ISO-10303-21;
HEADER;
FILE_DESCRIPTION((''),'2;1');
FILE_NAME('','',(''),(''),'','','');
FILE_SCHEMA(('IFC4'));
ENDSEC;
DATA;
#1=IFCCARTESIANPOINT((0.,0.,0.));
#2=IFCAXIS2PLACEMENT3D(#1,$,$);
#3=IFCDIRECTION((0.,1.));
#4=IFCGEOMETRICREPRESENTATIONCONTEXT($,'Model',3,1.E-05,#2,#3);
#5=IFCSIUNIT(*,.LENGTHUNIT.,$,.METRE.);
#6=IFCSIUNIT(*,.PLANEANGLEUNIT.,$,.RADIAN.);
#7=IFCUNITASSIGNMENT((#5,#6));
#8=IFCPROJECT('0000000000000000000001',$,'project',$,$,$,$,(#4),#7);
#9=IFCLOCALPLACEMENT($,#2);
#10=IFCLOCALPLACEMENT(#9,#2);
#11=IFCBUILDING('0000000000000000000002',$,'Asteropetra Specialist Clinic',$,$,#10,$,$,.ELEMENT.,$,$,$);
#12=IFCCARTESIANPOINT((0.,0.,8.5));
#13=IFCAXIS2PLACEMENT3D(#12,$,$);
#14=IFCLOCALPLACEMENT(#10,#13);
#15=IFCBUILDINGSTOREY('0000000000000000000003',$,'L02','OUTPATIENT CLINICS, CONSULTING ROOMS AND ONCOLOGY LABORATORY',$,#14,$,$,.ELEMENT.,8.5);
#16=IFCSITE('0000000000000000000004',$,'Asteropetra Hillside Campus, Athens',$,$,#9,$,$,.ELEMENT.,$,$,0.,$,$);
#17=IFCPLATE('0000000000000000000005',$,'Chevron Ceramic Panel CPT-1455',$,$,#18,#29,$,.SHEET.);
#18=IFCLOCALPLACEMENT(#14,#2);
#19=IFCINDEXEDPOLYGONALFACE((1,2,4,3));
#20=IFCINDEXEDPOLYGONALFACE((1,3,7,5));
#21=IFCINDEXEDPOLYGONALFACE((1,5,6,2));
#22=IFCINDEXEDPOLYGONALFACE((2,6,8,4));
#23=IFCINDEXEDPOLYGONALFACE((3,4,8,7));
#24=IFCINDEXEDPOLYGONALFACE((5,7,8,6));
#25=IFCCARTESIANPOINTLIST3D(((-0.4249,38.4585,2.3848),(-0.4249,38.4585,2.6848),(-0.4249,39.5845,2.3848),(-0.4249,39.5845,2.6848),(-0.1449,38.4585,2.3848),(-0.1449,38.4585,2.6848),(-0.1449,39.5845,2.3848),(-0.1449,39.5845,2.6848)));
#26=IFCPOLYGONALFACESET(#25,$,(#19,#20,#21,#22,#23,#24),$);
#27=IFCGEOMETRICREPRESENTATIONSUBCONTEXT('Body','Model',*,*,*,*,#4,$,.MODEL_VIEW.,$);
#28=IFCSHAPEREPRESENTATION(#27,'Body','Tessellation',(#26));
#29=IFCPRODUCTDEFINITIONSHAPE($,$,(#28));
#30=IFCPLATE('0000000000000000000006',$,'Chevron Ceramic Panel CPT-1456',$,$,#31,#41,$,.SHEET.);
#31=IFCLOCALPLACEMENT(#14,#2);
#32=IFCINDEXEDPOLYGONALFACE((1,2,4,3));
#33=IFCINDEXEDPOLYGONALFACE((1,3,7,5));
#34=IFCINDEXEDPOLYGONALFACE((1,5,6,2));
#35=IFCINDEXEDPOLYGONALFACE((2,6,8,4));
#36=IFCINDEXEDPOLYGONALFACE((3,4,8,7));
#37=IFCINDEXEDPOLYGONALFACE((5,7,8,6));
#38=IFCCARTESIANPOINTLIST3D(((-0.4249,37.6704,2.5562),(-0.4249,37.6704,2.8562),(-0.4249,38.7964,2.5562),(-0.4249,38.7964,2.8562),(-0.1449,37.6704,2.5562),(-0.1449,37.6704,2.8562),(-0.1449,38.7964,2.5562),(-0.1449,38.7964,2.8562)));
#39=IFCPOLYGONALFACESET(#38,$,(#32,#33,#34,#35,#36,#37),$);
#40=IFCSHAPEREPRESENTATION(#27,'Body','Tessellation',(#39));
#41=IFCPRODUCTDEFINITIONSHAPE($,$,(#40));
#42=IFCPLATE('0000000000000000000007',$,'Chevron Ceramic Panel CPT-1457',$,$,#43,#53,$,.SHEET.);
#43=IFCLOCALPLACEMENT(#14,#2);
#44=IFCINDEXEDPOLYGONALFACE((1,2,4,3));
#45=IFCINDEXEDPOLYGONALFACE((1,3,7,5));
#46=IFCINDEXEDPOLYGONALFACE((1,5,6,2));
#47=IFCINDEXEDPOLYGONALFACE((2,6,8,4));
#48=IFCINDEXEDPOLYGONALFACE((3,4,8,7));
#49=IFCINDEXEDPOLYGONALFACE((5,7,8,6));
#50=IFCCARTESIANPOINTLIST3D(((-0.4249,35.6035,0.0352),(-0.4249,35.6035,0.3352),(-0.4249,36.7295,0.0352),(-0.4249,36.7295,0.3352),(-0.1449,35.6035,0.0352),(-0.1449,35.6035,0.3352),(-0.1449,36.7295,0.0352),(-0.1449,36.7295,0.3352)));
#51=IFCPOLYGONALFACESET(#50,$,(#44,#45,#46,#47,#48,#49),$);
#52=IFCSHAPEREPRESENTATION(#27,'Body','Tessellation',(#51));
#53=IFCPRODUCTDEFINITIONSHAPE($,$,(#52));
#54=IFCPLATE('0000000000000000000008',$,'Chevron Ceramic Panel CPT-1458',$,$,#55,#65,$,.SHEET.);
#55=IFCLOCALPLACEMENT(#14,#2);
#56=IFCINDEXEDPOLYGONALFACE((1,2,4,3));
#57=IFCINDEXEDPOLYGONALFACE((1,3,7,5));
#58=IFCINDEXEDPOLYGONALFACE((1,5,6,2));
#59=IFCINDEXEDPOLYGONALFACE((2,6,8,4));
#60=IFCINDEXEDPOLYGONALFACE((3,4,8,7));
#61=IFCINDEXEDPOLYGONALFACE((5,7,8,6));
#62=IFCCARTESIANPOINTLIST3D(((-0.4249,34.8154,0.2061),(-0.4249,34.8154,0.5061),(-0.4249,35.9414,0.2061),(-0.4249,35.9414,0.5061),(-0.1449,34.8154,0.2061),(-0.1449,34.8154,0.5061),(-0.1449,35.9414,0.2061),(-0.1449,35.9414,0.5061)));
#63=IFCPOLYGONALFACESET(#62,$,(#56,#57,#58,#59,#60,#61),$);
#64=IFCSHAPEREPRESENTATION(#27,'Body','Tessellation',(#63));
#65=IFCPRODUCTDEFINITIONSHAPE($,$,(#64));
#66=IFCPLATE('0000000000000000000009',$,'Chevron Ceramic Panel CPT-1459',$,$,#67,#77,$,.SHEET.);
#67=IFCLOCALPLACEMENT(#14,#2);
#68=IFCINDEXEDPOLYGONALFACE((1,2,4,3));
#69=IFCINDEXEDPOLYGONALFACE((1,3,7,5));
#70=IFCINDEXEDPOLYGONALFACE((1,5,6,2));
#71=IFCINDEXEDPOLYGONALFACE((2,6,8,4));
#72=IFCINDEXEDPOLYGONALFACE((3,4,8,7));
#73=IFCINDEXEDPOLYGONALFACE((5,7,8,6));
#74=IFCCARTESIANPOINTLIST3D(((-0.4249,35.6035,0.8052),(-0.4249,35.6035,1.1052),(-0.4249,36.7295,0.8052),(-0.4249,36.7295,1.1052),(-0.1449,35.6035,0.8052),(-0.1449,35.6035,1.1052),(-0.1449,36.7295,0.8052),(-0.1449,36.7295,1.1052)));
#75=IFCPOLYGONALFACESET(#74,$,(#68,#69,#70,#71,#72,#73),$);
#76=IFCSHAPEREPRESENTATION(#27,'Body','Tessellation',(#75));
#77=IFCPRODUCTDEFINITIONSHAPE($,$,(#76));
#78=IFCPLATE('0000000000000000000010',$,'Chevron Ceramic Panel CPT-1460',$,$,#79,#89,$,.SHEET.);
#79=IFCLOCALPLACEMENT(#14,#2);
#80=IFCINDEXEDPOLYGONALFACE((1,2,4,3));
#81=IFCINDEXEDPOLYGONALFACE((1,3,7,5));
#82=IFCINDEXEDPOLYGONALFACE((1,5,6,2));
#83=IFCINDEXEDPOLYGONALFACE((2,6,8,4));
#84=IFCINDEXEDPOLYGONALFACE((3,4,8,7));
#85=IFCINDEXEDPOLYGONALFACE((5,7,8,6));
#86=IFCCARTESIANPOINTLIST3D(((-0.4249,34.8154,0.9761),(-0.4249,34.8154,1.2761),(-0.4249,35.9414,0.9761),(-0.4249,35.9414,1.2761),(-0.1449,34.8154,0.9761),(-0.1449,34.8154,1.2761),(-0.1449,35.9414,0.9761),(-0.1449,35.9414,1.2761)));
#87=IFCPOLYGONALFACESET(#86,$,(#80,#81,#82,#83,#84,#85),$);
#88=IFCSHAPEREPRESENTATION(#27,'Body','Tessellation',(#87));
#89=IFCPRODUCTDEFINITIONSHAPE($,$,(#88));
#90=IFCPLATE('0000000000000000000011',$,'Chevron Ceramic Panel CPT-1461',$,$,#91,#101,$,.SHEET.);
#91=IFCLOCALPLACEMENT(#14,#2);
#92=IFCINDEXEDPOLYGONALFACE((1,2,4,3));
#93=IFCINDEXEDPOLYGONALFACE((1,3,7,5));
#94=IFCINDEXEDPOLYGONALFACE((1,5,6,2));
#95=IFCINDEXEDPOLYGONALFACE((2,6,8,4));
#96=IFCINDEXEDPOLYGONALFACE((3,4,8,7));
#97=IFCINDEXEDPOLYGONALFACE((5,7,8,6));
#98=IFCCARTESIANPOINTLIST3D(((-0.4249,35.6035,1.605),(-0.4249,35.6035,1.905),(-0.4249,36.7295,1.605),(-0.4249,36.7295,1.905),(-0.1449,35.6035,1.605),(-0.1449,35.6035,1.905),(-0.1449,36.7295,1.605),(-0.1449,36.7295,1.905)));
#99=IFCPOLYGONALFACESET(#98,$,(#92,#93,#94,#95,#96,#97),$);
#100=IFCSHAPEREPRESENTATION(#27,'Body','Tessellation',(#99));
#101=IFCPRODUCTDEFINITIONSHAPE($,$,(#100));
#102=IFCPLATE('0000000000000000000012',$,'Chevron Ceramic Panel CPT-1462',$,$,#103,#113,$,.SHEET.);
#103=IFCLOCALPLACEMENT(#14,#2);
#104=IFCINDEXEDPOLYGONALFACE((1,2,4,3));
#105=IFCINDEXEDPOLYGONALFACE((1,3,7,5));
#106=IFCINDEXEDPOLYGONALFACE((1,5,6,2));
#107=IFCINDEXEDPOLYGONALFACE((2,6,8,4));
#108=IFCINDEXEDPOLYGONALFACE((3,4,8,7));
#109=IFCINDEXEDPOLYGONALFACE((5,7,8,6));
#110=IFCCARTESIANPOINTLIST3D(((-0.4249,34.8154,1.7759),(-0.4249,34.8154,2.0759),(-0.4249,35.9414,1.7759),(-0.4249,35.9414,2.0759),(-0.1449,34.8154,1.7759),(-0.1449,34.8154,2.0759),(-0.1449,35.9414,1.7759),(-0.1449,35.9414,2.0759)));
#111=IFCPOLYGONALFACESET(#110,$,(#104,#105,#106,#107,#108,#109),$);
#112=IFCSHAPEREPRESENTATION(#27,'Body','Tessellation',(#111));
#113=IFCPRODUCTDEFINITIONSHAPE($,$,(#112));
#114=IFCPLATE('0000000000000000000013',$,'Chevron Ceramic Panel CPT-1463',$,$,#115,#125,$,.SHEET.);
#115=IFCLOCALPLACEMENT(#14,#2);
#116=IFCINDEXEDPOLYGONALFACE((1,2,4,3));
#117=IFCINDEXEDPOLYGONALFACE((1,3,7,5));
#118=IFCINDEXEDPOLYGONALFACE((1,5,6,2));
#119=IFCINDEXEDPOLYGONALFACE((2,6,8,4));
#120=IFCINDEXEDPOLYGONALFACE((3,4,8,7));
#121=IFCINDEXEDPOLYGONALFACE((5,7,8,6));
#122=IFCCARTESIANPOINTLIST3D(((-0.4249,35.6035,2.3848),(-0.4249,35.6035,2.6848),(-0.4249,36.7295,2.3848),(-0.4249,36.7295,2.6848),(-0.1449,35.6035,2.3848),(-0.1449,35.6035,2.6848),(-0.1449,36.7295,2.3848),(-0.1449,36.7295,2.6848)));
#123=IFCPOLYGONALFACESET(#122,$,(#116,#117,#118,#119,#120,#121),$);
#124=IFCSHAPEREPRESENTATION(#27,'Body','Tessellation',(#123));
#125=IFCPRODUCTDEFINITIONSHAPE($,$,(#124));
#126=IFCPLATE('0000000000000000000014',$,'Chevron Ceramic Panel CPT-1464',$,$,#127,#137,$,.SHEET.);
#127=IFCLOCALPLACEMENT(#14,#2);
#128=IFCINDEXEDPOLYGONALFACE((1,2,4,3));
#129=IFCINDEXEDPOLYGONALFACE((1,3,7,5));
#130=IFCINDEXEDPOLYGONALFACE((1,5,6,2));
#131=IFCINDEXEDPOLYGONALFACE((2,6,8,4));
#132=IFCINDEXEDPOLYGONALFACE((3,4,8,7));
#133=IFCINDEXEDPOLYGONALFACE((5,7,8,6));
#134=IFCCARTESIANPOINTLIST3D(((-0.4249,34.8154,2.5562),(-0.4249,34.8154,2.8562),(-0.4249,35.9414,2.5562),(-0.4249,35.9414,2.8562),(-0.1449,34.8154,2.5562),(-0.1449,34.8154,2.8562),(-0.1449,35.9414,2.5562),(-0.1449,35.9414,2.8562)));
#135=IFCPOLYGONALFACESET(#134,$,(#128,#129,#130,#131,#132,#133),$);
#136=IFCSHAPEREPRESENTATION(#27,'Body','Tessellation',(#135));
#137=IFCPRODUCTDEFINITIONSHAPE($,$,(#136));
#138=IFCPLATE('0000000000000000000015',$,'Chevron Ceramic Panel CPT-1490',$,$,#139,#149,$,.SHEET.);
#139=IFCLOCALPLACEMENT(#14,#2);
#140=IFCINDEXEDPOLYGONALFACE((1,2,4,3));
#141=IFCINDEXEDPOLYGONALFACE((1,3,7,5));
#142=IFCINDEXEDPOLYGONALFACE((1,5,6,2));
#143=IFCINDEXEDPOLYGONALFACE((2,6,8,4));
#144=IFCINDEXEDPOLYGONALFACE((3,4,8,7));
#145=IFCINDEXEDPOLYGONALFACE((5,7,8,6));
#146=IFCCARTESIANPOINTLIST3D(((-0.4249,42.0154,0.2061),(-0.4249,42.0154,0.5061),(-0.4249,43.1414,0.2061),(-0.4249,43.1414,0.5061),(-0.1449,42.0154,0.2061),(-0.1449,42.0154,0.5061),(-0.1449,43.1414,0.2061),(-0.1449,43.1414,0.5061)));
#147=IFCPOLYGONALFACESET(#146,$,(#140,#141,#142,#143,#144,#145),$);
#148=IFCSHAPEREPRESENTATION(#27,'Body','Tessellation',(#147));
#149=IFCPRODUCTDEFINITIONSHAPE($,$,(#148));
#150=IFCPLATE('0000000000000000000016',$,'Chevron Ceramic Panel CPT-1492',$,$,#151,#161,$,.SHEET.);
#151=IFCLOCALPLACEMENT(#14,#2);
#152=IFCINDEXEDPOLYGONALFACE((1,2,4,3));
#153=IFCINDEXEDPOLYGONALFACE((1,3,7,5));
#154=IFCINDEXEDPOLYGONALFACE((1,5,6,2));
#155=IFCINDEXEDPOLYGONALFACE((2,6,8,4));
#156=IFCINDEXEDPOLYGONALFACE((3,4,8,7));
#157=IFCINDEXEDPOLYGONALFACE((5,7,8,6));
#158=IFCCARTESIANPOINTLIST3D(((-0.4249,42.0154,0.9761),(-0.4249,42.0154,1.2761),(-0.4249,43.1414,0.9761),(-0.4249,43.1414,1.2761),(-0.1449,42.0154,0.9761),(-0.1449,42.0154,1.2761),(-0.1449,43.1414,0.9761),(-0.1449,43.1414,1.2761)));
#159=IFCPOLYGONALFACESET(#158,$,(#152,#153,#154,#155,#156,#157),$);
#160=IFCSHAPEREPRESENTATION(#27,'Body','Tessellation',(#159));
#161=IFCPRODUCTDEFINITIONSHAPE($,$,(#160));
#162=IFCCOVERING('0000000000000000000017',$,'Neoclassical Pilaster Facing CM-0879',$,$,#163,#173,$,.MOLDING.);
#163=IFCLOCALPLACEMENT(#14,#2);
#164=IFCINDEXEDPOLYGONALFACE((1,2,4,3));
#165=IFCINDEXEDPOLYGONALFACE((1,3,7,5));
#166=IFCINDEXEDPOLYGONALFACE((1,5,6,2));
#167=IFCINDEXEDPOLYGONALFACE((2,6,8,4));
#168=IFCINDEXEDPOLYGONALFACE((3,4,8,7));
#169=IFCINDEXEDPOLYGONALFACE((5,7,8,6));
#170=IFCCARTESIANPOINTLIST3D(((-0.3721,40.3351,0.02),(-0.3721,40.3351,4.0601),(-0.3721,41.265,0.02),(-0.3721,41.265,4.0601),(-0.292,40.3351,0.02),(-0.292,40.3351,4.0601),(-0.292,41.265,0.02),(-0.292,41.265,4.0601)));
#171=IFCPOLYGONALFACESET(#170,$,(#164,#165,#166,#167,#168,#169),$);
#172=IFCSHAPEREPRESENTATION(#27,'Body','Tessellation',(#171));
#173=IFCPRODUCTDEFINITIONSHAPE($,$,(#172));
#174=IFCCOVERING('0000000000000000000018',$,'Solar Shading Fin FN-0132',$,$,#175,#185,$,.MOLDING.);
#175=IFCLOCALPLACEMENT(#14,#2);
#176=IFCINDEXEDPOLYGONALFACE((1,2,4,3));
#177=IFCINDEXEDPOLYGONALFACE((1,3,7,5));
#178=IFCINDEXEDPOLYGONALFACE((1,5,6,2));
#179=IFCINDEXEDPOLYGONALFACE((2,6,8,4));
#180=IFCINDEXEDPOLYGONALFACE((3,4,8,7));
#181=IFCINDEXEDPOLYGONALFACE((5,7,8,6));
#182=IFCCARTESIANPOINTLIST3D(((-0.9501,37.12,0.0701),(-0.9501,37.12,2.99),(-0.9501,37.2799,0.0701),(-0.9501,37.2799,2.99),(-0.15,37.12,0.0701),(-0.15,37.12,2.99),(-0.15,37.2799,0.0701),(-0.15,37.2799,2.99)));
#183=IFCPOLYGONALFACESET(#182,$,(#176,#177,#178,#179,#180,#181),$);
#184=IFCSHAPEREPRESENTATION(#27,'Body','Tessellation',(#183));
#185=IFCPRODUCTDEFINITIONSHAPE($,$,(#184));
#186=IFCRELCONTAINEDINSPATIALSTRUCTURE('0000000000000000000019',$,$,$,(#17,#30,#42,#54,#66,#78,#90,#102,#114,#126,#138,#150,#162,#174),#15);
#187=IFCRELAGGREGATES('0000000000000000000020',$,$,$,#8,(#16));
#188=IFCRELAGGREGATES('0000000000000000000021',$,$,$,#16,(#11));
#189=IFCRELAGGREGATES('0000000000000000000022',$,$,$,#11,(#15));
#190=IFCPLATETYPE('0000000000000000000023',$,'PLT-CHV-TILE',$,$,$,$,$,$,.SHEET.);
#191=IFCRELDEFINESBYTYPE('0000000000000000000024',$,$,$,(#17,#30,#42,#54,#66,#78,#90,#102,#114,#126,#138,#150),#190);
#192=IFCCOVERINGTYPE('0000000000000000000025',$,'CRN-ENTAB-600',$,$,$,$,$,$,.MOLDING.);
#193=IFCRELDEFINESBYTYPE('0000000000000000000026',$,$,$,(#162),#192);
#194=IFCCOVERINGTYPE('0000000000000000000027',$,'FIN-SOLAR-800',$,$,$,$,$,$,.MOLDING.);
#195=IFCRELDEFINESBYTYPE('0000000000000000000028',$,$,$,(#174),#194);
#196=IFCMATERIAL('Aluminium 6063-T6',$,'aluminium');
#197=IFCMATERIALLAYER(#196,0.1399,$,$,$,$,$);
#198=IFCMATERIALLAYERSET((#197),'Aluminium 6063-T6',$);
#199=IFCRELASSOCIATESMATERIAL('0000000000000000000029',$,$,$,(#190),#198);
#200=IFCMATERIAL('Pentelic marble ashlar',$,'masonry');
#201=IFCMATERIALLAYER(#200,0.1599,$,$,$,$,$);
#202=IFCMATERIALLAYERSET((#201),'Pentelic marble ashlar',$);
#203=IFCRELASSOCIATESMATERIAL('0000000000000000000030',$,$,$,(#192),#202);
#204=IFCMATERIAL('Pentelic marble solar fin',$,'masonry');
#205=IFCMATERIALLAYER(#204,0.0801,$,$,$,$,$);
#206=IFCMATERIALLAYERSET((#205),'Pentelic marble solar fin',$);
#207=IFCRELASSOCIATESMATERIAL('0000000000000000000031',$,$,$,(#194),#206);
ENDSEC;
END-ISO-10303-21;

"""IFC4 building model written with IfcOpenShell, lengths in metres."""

from ifc_helpers import new_model, si_unit, direction, frame, origin, origin_2d, place, context, subcontext, project, spatial, rectangle, extrude, material, layer, layer_set, type_object, element, save


model = new_model("IFC4")

# Units and contexts
model_context = context("Model", 3, precision=1e-05, world=origin(), true_north=direction((0.0, 1.0)))
body_context = subcontext(model_context, "Body", "Model", "MODEL_VIEW")
ifc_project = project(units=[si_unit("LENGTHUNIT", "METRE"), si_unit("PLANEANGLEUNIT", "RADIAN")], contexts=[model_context])

# Site, building, storey
site_placement = place(None, origin())
site = spatial("IfcSite", under=ifc_project, at=site_placement, Name="Asteropetra Hillside Campus, Athens", CompositionType="ELEMENT", RefElevation=0.0)
building_placement = place(site_placement, origin())
building = spatial("IfcBuilding", under=site, at=building_placement, Name="Asteropetra Specialist Clinic", CompositionType="ELEMENT")
storey_placement = place(building_placement, frame((0.0, 0.0, 8.5)))
storey = spatial("IfcBuildingStorey", under=building, at=storey_placement, Name="L02", Description="OUTPATIENT CLINICS, CONSULTING ROOMS AND ONCOLOGY LABORATORY", CompositionType="ELEMENT", Elevation=8.5)

# Plates
ifc_material_1 = material(Name="Aluminium 6063-T6", Category="aluminium")
ifc_layer_1 = layer(ifc_material_1, 0.1399)
ifc_layer_set_1 = layer_set([ifc_layer_1], Name="Aluminium 6063-T6")
plate_type_1 = type_object("IfcPlateType", Name="PLT-CHV-TILE", PredefinedType="SHEET", material=ifc_layer_set_1)
for number, where, z_axis, x_axis, name in (
    (1, (-0.2849, 39.0215, 2.3848), (0.0, 0.0, 1.0), (1.0, 0.0, 0.0), "Chevron Ceramic Panel CPT-1455"),
    (2, (-0.2849, 38.2334, 2.5562), (0.0, 0.0, 1.0), (1.0, 0.0, 0.0), "Chevron Ceramic Panel CPT-1456"),
    (3, (-0.2849, 36.1665, 0.0352), (0.0, 0.0, 1.0), (1.0, 0.0, 0.0), "Chevron Ceramic Panel CPT-1457"),
    (4, (-0.2849, 35.3784, 0.2061), (0.0, 0.0, 1.0), (1.0, 0.0, 0.0), "Chevron Ceramic Panel CPT-1458"),
    (5, (-0.2849, 36.1665, 0.8052), (0.0, 0.0, 1.0), (1.0, 0.0, 0.0), "Chevron Ceramic Panel CPT-1459"),
    (6, (-0.2849, 35.3784, 0.9761), (0.0, 0.0, 1.0), (1.0, 0.0, 0.0), "Chevron Ceramic Panel CPT-1460"),
    (7, (-0.2849, 36.1665, 1.605), (0.0, 0.0, 1.0), (1.0, 0.0, 0.0), "Chevron Ceramic Panel CPT-1461"),
    (8, (-0.2849, 35.3784, 1.7759), (0.0, 0.0, 1.0), (1.0, 0.0, 0.0), "Chevron Ceramic Panel CPT-1462"),
    (9, (-0.2849, 36.1665, 2.3848), (0.0, 0.0, 1.0), (1.0, 0.0, 0.0), "Chevron Ceramic Panel CPT-1463"),
    (10, (-0.2849, 35.3784, 2.5562), (0.0, 0.0, 1.0), (1.0, 0.0, 0.0), "Chevron Ceramic Panel CPT-1464"),
    (11, (-0.2849, 42.5784, 0.2061), (0.0, 0.0, 1.0), (1.0, 0.0, 0.0), "Chevron Ceramic Panel CPT-1490"),
    (12, (-0.2849, 42.5784, 0.9761), (0.0, 0.0, 1.0), (1.0, 0.0, 0.0), "Chevron Ceramic Panel CPT-1492"),
):
    element("IfcPlate", number, at=place(storey_placement, frame(where, z_axis=z_axis, x_axis=x_axis)), inside=storey, type_object=plate_type_1, Name=name, PredefinedType="SHEET", context=body_context, shape_type="SweptSolid", body=[
        extrude(rectangle(XDim=0.28, YDim=1.126, at=origin_2d()), origin(), (0.0, 0.0, 1.0), 0.3),
    ])

# Coverings
ifc_material_2 = material(Name="Pentelic marble ashlar", Category="masonry")
ifc_layer_2 = layer(ifc_material_2, 0.1599)
ifc_layer_set_2 = layer_set([ifc_layer_2], Name="Pentelic marble ashlar")
covering_type_1 = type_object("IfcCoveringType", Name="CRN-ENTAB-600", PredefinedType="MOLDING", material=ifc_layer_set_2)
covering_1_placement = place(storey_placement, frame((-0.332, 40.8, 0.02), z_axis=(0.0, 0.0, 1.0), x_axis=(1.0, 0.0, 0.0)))
element("IfcCovering", 13, at=covering_1_placement, inside=storey, type_object=covering_type_1, Name="Neoclassical Pilaster Facing CM-0879", PredefinedType="MOLDING", context=body_context, shape_type="SweptSolid", body=[
    extrude(rectangle(XDim=0.0801, YDim=0.9299, at=origin_2d()), origin(), (0.0, 0.0, 1.0), 4.04),
])
ifc_material_3 = material(Name="Pentelic marble solar fin", Category="masonry")
ifc_layer_3 = layer(ifc_material_3, 0.0801)
ifc_layer_set_3 = layer_set([ifc_layer_3], Name="Pentelic marble solar fin")
covering_type_2 = type_object("IfcCoveringType", Name="FIN-SOLAR-800", PredefinedType="MOLDING", material=ifc_layer_set_3)
covering_2_placement = place(storey_placement, frame((-0.55, 37.2, 0.0701), z_axis=(0.0, 0.0, 1.0), x_axis=(1.0, 0.0, 0.0)))
element("IfcCovering", 14, at=covering_2_placement, inside=storey, type_object=covering_type_2, Name="Solar Shading Fin FN-0132", PredefinedType="MOLDING", context=body_context, shape_type="SweptSolid", body=[
    extrude(rectangle(XDim=0.8, YDim=0.1599, at=origin_2d()), origin(), (0.0, 0.0, 1.0), 2.9199),
])

save(model, "model.ifc")
